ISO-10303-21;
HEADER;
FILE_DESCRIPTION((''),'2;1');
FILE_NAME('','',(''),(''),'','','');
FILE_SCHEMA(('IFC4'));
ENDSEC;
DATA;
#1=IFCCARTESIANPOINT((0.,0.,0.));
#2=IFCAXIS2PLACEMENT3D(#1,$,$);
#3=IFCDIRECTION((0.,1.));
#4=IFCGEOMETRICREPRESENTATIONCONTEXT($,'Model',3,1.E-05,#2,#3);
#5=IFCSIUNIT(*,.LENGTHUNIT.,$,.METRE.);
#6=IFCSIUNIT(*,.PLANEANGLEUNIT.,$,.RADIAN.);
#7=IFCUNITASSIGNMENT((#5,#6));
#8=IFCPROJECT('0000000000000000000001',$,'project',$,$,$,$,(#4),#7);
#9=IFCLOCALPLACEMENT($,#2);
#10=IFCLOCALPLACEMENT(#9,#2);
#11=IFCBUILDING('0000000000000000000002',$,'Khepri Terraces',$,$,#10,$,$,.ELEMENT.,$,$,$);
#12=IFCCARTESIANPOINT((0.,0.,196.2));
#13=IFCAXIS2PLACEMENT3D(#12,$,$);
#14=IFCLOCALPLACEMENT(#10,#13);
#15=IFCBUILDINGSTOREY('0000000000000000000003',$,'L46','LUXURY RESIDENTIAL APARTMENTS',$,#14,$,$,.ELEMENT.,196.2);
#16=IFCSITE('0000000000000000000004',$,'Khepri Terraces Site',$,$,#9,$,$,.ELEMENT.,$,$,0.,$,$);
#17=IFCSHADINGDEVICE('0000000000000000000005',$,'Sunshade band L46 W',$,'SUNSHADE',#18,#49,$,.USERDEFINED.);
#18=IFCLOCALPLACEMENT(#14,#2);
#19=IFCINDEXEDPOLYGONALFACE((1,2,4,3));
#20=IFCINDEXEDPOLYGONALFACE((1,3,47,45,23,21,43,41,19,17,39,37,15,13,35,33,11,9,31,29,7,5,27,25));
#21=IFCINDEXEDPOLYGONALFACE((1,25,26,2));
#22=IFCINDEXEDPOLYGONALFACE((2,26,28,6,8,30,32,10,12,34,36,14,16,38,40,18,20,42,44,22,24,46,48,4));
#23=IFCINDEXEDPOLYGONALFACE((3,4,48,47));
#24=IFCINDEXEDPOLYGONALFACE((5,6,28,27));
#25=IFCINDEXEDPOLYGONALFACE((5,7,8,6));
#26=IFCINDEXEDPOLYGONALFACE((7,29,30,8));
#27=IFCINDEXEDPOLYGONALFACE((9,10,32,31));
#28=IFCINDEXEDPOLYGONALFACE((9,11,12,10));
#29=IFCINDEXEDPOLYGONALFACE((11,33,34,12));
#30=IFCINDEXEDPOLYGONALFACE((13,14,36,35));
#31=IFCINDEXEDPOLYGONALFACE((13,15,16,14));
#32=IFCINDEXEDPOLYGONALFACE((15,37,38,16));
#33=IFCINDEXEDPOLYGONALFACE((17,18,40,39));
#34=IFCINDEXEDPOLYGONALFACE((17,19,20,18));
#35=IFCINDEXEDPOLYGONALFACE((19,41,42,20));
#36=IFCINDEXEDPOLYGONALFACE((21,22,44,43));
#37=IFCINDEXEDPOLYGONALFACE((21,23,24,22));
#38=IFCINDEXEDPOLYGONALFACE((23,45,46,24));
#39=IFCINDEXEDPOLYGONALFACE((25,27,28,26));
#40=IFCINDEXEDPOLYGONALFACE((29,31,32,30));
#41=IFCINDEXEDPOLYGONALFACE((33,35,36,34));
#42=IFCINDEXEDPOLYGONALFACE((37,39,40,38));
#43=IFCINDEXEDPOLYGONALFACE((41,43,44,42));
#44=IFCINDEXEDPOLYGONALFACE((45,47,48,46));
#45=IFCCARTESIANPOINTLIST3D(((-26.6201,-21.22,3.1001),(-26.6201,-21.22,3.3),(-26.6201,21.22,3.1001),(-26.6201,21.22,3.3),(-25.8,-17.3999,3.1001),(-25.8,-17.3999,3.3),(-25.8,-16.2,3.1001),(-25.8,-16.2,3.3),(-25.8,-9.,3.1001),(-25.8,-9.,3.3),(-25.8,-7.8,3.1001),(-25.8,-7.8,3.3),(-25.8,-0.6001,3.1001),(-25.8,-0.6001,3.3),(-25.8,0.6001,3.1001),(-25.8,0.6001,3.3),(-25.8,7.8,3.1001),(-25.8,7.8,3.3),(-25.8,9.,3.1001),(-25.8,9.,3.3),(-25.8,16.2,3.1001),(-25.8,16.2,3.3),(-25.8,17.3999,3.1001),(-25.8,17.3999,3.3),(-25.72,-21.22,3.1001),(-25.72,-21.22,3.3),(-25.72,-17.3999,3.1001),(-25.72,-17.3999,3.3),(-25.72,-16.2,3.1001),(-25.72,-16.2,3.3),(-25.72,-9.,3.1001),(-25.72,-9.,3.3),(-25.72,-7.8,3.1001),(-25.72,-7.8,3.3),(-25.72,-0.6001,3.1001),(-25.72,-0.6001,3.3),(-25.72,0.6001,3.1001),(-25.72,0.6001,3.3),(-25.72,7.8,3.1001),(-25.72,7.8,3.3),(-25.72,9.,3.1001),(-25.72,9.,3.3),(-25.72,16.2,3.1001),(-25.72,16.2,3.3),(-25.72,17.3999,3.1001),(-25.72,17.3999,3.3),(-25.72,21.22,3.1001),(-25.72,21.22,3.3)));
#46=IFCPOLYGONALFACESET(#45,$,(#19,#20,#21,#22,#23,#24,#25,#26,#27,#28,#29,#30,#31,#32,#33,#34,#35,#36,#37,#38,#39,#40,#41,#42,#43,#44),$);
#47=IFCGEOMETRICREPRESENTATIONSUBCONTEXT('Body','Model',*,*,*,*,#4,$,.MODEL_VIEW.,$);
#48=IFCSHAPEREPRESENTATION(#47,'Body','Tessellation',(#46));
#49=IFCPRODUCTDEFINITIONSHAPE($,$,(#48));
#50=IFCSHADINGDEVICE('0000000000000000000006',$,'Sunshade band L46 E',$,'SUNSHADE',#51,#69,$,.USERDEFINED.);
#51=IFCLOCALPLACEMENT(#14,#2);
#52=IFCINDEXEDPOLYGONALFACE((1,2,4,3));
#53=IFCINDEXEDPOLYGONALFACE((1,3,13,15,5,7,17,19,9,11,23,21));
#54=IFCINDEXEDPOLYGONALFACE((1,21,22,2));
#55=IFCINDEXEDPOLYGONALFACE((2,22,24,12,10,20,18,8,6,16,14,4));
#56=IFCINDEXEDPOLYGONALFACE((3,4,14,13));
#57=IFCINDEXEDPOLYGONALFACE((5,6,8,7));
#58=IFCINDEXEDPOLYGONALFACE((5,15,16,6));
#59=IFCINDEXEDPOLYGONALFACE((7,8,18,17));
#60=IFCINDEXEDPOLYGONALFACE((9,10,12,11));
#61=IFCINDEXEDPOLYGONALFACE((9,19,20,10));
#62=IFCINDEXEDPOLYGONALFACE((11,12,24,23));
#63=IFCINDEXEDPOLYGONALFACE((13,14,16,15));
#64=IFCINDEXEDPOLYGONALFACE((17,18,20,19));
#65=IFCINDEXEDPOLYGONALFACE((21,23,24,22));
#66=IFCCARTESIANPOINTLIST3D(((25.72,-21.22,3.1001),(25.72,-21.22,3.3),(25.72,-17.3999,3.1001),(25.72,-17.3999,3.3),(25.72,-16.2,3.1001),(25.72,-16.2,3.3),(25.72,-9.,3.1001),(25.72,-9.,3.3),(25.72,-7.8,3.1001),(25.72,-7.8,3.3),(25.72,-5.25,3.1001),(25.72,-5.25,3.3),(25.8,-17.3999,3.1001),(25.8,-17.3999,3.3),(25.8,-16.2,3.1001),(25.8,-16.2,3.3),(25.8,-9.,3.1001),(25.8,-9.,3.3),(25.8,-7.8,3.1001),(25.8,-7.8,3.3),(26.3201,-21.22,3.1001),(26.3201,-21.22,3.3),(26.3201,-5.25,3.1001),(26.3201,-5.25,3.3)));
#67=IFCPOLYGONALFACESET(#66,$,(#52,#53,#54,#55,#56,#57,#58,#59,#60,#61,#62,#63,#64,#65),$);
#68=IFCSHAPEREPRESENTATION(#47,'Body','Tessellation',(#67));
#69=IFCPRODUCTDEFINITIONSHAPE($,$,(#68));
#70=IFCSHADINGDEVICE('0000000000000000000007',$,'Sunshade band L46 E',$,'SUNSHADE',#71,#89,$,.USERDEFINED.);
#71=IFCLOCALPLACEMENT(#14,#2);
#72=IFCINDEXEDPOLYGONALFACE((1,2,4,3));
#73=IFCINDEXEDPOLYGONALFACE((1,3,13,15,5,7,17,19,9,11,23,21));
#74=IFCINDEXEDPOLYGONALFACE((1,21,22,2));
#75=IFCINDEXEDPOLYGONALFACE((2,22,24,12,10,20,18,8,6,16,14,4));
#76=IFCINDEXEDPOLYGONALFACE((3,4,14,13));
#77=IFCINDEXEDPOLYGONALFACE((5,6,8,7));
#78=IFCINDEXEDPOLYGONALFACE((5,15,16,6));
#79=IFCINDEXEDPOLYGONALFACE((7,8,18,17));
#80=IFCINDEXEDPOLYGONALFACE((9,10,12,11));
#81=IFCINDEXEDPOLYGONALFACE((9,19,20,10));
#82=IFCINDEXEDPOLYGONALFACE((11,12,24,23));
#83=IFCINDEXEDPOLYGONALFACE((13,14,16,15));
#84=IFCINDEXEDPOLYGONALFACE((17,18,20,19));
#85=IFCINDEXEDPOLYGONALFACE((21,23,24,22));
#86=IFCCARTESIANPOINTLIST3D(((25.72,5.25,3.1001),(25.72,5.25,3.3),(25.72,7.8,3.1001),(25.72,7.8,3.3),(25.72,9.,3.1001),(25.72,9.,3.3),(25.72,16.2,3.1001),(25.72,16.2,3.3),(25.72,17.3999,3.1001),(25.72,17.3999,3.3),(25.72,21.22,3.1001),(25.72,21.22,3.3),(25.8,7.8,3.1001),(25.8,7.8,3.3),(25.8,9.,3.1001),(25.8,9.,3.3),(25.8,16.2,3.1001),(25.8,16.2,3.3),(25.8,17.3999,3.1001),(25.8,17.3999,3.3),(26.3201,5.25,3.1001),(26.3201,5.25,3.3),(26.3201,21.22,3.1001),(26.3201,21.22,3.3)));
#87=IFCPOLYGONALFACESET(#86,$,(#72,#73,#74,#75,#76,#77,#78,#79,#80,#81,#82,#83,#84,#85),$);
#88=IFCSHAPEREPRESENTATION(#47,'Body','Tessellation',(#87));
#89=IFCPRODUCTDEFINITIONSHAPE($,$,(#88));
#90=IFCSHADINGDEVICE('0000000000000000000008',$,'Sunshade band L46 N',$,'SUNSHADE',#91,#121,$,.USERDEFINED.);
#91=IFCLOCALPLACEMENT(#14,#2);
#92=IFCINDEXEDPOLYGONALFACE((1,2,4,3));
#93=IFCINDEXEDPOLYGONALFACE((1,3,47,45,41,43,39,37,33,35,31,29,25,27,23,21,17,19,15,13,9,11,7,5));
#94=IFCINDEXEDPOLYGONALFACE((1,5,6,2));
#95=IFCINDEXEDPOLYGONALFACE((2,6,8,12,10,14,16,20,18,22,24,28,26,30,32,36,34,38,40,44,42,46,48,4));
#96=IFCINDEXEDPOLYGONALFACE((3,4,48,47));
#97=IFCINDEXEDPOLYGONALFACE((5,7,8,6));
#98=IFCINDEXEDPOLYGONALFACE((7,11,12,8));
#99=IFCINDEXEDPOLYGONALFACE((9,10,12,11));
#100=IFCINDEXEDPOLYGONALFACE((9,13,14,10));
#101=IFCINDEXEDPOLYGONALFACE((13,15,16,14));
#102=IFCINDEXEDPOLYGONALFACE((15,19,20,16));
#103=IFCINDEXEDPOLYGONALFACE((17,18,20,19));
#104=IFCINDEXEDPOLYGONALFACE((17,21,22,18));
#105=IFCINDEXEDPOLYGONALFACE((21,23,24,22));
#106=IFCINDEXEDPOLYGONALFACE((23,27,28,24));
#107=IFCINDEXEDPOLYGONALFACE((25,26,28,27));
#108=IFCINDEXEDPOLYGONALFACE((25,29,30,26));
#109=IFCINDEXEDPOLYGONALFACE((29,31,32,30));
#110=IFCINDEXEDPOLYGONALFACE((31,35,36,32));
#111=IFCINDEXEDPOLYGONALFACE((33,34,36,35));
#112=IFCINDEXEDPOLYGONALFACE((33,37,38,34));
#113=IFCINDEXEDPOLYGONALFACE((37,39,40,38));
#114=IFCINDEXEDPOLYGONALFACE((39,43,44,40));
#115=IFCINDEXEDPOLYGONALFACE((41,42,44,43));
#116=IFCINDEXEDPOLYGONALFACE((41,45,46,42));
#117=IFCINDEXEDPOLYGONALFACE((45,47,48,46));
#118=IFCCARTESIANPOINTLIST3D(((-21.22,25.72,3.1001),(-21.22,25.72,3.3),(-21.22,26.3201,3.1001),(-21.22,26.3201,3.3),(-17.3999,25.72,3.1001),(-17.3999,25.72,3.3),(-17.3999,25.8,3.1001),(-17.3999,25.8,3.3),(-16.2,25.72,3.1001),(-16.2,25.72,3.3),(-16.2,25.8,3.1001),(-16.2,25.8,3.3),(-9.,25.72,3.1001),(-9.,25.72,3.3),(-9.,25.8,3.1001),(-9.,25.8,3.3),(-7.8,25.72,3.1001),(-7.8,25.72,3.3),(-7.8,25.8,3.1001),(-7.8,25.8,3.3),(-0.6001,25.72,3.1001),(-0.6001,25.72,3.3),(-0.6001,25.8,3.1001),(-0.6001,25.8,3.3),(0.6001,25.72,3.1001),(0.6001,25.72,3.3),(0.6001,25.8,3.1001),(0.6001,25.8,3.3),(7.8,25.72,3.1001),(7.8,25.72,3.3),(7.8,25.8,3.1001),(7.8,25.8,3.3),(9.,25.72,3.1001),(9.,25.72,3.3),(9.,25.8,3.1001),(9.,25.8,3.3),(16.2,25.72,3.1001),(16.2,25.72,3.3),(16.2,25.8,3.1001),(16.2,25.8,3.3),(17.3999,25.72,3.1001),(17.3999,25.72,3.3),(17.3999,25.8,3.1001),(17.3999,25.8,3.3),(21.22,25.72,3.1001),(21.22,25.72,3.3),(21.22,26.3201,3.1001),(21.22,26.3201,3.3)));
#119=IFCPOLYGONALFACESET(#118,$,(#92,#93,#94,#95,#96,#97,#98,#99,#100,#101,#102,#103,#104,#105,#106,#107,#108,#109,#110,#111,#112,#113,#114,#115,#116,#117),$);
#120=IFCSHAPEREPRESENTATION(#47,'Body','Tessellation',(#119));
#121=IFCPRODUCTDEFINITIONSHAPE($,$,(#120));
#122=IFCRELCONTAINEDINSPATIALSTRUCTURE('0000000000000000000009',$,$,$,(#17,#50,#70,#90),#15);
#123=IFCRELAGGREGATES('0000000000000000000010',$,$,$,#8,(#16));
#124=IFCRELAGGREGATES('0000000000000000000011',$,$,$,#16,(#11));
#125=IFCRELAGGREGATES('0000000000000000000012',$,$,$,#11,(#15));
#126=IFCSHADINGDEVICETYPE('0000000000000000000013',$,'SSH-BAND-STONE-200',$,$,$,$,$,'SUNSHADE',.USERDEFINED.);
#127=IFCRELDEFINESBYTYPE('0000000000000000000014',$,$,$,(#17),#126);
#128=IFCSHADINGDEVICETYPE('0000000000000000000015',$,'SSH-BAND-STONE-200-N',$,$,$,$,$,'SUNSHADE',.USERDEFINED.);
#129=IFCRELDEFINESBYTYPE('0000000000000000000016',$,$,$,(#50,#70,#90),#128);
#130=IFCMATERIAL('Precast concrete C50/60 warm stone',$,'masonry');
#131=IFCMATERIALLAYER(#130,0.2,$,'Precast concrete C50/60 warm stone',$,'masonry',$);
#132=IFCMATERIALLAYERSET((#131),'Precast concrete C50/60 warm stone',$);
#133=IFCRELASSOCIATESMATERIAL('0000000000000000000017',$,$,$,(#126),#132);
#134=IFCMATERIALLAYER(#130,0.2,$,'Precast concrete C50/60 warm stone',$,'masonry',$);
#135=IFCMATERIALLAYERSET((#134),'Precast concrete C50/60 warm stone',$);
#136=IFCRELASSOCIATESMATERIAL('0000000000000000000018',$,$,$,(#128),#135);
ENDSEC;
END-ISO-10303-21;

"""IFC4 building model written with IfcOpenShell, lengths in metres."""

from ifc_helpers import new_model, si_unit, direction, frame, origin, place, context, subcontext, project, spatial, polyline, outline, extrude, material, layer, layer_set, type_object, element, save


model = new_model("IFC4")

# Units and contexts
model_context = context("Model", 3, precision=1e-05, world=origin(), true_north=direction((0.0, 1.0)))
body_context = subcontext(model_context, "Body", "Model", "MODEL_VIEW")
ifc_project = project(units=[si_unit("LENGTHUNIT", "METRE"), si_unit("PLANEANGLEUNIT", "RADIAN")], contexts=[model_context])

# Site, building, storey
site_placement = place(None, origin())
site = spatial("IfcSite", under=ifc_project, at=site_placement, Name="Khepri Terraces Site", CompositionType="ELEMENT", RefElevation=0.0)
building_placement = place(site_placement, origin())
building = spatial("IfcBuilding", under=site, at=building_placement, Name="Khepri Terraces", CompositionType="ELEMENT")
storey_placement = place(building_placement, frame((0.0, 0.0, 196.2)))
storey = spatial("IfcBuildingStorey", under=building, at=storey_placement, Name="L46", Description="LUXURY RESIDENTIAL APARTMENTS", CompositionType="ELEMENT", Elevation=196.2)

# Shared definitions
ifc_material_1 = material(Name="Precast concrete C50/60 warm stone", Category="masonry")

# Shading devices
ifc_layer_1 = layer(ifc_material_1, 0.2, Name="Precast concrete C50/60 warm stone", Category="masonry")
ifc_layer_set_1 = layer_set([ifc_layer_1], Name="Precast concrete C50/60 warm stone")
shading_device_type_1 = type_object("IfcShadingDeviceType", Name="SSH-BAND-STONE-200", ElementType="SUNSHADE", PredefinedType="USERDEFINED", material=ifc_layer_set_1)
shading_device_1_placement = place(storey_placement, frame((0.0, 0.0, 3.1001)))
element("IfcShadingDevice", 1, at=shading_device_1_placement, inside=storey, type_object=shading_device_type_1, Name="Sunshade band L46 W", ObjectType="SUNSHADE", PredefinedType="USERDEFINED", context=body_context, shape_type="SweptSolid", body=[
    extrude(outline(polyline([(-25.72, 17.3999), (-25.72, 21.22), (-26.6201, 21.22), (-26.6201, -21.22), (-25.72, -21.22), (-25.72, -17.3999), (-25.8, -17.3999), (-25.8, -16.2), (-25.72, -16.2), (-25.72, -9.0), (-25.8, -9.0), (-25.8, -7.8), (-25.72, -7.8), (-25.72, -0.6001), (-25.8, -0.6001), (-25.8, 0.6001), (-25.72, 0.6001), (-25.72, 7.8), (-25.8, 7.8), (-25.8, 9.0), (-25.72, 9.0), (-25.72, 16.2), (-25.8, 16.2), (-25.8, 17.3999), (-25.72, 17.3999)])), origin(), (0.0, 0.0, 1.0), 0.2),
])
ifc_layer_2 = layer(ifc_material_1, 0.2, Name="Precast concrete C50/60 warm stone", Category="masonry")
ifc_layer_set_2 = layer_set([ifc_layer_2], Name="Precast concrete C50/60 warm stone")
shading_device_type_2 = type_object("IfcShadingDeviceType", Name="SSH-BAND-STONE-200-N", ElementType="SUNSHADE", PredefinedType="USERDEFINED", material=ifc_layer_set_2)
shading_device_2_placement = place(storey_placement, frame((0.0, 0.0, 3.1001)))
element("IfcShadingDevice", 2, at=shading_device_2_placement, inside=storey, type_object=shading_device_type_2, Name="Sunshade band L46 E", ObjectType="SUNSHADE", PredefinedType="USERDEFINED", context=body_context, shape_type="SweptSolid", body=[
    extrude(outline(polyline([(25.72, -17.3999), (25.72, -21.22), (26.3201, -21.22), (26.3201, -5.25), (25.72, -5.25), (25.72, -7.8), (25.8, -7.8), (25.8, -9.0), (25.72, -9.0), (25.72, -16.2), (25.8, -16.2), (25.8, -17.3999), (25.72, -17.3999)])), origin(), (0.0, 0.0, 1.0), 0.2),
])
shading_device_3_placement = place(storey_placement, frame((0.0, 0.0, 3.1001)))
element("IfcShadingDevice", 3, at=shading_device_3_placement, inside=storey, type_object=shading_device_type_2, Name="Sunshade band L46 E", ObjectType="SUNSHADE", PredefinedType="USERDEFINED", context=body_context, shape_type="SweptSolid", body=[
    extrude(outline(polyline([(25.72, 7.8), (25.72, 5.25), (26.3201, 5.25), (26.3201, 21.22), (25.72, 21.22), (25.72, 17.3999), (25.8, 17.3999), (25.8, 16.2), (25.72, 16.2), (25.72, 9.0), (25.8, 9.0), (25.8, 7.8), (25.72, 7.8)])), origin(), (0.0, 0.0, 1.0), 0.2),
])
shading_device_4_placement = place(storey_placement, frame((0.0, 0.0, 3.1001)))
element("IfcShadingDevice", 4, at=shading_device_4_placement, inside=storey, type_object=shading_device_type_2, Name="Sunshade band L46 N", ObjectType="SUNSHADE", PredefinedType="USERDEFINED", context=body_context, shape_type="SweptSolid", body=[
    extrude(outline(polyline([(17.3999, 25.72), (21.22, 25.72), (21.22, 26.3201), (-21.22, 26.3201), (-21.22, 25.72), (-17.3999, 25.72), (-17.3999, 25.8), (-16.2, 25.8), (-16.2, 25.72), (-9.0, 25.72), (-9.0, 25.8), (-7.8, 25.8), (-7.8, 25.72), (-0.6001, 25.72), (-0.6001, 25.8), (0.6001, 25.8), (0.6001, 25.72), (7.8, 25.72), (7.8, 25.8), (9.0, 25.8), (9.0, 25.72), (16.2, 25.72), (16.2, 25.8), (17.3999, 25.8), (17.3999, 25.72)])), origin(), (0.0, 0.0, 1.0), 0.2),
])

save(model, "model.ifc")
